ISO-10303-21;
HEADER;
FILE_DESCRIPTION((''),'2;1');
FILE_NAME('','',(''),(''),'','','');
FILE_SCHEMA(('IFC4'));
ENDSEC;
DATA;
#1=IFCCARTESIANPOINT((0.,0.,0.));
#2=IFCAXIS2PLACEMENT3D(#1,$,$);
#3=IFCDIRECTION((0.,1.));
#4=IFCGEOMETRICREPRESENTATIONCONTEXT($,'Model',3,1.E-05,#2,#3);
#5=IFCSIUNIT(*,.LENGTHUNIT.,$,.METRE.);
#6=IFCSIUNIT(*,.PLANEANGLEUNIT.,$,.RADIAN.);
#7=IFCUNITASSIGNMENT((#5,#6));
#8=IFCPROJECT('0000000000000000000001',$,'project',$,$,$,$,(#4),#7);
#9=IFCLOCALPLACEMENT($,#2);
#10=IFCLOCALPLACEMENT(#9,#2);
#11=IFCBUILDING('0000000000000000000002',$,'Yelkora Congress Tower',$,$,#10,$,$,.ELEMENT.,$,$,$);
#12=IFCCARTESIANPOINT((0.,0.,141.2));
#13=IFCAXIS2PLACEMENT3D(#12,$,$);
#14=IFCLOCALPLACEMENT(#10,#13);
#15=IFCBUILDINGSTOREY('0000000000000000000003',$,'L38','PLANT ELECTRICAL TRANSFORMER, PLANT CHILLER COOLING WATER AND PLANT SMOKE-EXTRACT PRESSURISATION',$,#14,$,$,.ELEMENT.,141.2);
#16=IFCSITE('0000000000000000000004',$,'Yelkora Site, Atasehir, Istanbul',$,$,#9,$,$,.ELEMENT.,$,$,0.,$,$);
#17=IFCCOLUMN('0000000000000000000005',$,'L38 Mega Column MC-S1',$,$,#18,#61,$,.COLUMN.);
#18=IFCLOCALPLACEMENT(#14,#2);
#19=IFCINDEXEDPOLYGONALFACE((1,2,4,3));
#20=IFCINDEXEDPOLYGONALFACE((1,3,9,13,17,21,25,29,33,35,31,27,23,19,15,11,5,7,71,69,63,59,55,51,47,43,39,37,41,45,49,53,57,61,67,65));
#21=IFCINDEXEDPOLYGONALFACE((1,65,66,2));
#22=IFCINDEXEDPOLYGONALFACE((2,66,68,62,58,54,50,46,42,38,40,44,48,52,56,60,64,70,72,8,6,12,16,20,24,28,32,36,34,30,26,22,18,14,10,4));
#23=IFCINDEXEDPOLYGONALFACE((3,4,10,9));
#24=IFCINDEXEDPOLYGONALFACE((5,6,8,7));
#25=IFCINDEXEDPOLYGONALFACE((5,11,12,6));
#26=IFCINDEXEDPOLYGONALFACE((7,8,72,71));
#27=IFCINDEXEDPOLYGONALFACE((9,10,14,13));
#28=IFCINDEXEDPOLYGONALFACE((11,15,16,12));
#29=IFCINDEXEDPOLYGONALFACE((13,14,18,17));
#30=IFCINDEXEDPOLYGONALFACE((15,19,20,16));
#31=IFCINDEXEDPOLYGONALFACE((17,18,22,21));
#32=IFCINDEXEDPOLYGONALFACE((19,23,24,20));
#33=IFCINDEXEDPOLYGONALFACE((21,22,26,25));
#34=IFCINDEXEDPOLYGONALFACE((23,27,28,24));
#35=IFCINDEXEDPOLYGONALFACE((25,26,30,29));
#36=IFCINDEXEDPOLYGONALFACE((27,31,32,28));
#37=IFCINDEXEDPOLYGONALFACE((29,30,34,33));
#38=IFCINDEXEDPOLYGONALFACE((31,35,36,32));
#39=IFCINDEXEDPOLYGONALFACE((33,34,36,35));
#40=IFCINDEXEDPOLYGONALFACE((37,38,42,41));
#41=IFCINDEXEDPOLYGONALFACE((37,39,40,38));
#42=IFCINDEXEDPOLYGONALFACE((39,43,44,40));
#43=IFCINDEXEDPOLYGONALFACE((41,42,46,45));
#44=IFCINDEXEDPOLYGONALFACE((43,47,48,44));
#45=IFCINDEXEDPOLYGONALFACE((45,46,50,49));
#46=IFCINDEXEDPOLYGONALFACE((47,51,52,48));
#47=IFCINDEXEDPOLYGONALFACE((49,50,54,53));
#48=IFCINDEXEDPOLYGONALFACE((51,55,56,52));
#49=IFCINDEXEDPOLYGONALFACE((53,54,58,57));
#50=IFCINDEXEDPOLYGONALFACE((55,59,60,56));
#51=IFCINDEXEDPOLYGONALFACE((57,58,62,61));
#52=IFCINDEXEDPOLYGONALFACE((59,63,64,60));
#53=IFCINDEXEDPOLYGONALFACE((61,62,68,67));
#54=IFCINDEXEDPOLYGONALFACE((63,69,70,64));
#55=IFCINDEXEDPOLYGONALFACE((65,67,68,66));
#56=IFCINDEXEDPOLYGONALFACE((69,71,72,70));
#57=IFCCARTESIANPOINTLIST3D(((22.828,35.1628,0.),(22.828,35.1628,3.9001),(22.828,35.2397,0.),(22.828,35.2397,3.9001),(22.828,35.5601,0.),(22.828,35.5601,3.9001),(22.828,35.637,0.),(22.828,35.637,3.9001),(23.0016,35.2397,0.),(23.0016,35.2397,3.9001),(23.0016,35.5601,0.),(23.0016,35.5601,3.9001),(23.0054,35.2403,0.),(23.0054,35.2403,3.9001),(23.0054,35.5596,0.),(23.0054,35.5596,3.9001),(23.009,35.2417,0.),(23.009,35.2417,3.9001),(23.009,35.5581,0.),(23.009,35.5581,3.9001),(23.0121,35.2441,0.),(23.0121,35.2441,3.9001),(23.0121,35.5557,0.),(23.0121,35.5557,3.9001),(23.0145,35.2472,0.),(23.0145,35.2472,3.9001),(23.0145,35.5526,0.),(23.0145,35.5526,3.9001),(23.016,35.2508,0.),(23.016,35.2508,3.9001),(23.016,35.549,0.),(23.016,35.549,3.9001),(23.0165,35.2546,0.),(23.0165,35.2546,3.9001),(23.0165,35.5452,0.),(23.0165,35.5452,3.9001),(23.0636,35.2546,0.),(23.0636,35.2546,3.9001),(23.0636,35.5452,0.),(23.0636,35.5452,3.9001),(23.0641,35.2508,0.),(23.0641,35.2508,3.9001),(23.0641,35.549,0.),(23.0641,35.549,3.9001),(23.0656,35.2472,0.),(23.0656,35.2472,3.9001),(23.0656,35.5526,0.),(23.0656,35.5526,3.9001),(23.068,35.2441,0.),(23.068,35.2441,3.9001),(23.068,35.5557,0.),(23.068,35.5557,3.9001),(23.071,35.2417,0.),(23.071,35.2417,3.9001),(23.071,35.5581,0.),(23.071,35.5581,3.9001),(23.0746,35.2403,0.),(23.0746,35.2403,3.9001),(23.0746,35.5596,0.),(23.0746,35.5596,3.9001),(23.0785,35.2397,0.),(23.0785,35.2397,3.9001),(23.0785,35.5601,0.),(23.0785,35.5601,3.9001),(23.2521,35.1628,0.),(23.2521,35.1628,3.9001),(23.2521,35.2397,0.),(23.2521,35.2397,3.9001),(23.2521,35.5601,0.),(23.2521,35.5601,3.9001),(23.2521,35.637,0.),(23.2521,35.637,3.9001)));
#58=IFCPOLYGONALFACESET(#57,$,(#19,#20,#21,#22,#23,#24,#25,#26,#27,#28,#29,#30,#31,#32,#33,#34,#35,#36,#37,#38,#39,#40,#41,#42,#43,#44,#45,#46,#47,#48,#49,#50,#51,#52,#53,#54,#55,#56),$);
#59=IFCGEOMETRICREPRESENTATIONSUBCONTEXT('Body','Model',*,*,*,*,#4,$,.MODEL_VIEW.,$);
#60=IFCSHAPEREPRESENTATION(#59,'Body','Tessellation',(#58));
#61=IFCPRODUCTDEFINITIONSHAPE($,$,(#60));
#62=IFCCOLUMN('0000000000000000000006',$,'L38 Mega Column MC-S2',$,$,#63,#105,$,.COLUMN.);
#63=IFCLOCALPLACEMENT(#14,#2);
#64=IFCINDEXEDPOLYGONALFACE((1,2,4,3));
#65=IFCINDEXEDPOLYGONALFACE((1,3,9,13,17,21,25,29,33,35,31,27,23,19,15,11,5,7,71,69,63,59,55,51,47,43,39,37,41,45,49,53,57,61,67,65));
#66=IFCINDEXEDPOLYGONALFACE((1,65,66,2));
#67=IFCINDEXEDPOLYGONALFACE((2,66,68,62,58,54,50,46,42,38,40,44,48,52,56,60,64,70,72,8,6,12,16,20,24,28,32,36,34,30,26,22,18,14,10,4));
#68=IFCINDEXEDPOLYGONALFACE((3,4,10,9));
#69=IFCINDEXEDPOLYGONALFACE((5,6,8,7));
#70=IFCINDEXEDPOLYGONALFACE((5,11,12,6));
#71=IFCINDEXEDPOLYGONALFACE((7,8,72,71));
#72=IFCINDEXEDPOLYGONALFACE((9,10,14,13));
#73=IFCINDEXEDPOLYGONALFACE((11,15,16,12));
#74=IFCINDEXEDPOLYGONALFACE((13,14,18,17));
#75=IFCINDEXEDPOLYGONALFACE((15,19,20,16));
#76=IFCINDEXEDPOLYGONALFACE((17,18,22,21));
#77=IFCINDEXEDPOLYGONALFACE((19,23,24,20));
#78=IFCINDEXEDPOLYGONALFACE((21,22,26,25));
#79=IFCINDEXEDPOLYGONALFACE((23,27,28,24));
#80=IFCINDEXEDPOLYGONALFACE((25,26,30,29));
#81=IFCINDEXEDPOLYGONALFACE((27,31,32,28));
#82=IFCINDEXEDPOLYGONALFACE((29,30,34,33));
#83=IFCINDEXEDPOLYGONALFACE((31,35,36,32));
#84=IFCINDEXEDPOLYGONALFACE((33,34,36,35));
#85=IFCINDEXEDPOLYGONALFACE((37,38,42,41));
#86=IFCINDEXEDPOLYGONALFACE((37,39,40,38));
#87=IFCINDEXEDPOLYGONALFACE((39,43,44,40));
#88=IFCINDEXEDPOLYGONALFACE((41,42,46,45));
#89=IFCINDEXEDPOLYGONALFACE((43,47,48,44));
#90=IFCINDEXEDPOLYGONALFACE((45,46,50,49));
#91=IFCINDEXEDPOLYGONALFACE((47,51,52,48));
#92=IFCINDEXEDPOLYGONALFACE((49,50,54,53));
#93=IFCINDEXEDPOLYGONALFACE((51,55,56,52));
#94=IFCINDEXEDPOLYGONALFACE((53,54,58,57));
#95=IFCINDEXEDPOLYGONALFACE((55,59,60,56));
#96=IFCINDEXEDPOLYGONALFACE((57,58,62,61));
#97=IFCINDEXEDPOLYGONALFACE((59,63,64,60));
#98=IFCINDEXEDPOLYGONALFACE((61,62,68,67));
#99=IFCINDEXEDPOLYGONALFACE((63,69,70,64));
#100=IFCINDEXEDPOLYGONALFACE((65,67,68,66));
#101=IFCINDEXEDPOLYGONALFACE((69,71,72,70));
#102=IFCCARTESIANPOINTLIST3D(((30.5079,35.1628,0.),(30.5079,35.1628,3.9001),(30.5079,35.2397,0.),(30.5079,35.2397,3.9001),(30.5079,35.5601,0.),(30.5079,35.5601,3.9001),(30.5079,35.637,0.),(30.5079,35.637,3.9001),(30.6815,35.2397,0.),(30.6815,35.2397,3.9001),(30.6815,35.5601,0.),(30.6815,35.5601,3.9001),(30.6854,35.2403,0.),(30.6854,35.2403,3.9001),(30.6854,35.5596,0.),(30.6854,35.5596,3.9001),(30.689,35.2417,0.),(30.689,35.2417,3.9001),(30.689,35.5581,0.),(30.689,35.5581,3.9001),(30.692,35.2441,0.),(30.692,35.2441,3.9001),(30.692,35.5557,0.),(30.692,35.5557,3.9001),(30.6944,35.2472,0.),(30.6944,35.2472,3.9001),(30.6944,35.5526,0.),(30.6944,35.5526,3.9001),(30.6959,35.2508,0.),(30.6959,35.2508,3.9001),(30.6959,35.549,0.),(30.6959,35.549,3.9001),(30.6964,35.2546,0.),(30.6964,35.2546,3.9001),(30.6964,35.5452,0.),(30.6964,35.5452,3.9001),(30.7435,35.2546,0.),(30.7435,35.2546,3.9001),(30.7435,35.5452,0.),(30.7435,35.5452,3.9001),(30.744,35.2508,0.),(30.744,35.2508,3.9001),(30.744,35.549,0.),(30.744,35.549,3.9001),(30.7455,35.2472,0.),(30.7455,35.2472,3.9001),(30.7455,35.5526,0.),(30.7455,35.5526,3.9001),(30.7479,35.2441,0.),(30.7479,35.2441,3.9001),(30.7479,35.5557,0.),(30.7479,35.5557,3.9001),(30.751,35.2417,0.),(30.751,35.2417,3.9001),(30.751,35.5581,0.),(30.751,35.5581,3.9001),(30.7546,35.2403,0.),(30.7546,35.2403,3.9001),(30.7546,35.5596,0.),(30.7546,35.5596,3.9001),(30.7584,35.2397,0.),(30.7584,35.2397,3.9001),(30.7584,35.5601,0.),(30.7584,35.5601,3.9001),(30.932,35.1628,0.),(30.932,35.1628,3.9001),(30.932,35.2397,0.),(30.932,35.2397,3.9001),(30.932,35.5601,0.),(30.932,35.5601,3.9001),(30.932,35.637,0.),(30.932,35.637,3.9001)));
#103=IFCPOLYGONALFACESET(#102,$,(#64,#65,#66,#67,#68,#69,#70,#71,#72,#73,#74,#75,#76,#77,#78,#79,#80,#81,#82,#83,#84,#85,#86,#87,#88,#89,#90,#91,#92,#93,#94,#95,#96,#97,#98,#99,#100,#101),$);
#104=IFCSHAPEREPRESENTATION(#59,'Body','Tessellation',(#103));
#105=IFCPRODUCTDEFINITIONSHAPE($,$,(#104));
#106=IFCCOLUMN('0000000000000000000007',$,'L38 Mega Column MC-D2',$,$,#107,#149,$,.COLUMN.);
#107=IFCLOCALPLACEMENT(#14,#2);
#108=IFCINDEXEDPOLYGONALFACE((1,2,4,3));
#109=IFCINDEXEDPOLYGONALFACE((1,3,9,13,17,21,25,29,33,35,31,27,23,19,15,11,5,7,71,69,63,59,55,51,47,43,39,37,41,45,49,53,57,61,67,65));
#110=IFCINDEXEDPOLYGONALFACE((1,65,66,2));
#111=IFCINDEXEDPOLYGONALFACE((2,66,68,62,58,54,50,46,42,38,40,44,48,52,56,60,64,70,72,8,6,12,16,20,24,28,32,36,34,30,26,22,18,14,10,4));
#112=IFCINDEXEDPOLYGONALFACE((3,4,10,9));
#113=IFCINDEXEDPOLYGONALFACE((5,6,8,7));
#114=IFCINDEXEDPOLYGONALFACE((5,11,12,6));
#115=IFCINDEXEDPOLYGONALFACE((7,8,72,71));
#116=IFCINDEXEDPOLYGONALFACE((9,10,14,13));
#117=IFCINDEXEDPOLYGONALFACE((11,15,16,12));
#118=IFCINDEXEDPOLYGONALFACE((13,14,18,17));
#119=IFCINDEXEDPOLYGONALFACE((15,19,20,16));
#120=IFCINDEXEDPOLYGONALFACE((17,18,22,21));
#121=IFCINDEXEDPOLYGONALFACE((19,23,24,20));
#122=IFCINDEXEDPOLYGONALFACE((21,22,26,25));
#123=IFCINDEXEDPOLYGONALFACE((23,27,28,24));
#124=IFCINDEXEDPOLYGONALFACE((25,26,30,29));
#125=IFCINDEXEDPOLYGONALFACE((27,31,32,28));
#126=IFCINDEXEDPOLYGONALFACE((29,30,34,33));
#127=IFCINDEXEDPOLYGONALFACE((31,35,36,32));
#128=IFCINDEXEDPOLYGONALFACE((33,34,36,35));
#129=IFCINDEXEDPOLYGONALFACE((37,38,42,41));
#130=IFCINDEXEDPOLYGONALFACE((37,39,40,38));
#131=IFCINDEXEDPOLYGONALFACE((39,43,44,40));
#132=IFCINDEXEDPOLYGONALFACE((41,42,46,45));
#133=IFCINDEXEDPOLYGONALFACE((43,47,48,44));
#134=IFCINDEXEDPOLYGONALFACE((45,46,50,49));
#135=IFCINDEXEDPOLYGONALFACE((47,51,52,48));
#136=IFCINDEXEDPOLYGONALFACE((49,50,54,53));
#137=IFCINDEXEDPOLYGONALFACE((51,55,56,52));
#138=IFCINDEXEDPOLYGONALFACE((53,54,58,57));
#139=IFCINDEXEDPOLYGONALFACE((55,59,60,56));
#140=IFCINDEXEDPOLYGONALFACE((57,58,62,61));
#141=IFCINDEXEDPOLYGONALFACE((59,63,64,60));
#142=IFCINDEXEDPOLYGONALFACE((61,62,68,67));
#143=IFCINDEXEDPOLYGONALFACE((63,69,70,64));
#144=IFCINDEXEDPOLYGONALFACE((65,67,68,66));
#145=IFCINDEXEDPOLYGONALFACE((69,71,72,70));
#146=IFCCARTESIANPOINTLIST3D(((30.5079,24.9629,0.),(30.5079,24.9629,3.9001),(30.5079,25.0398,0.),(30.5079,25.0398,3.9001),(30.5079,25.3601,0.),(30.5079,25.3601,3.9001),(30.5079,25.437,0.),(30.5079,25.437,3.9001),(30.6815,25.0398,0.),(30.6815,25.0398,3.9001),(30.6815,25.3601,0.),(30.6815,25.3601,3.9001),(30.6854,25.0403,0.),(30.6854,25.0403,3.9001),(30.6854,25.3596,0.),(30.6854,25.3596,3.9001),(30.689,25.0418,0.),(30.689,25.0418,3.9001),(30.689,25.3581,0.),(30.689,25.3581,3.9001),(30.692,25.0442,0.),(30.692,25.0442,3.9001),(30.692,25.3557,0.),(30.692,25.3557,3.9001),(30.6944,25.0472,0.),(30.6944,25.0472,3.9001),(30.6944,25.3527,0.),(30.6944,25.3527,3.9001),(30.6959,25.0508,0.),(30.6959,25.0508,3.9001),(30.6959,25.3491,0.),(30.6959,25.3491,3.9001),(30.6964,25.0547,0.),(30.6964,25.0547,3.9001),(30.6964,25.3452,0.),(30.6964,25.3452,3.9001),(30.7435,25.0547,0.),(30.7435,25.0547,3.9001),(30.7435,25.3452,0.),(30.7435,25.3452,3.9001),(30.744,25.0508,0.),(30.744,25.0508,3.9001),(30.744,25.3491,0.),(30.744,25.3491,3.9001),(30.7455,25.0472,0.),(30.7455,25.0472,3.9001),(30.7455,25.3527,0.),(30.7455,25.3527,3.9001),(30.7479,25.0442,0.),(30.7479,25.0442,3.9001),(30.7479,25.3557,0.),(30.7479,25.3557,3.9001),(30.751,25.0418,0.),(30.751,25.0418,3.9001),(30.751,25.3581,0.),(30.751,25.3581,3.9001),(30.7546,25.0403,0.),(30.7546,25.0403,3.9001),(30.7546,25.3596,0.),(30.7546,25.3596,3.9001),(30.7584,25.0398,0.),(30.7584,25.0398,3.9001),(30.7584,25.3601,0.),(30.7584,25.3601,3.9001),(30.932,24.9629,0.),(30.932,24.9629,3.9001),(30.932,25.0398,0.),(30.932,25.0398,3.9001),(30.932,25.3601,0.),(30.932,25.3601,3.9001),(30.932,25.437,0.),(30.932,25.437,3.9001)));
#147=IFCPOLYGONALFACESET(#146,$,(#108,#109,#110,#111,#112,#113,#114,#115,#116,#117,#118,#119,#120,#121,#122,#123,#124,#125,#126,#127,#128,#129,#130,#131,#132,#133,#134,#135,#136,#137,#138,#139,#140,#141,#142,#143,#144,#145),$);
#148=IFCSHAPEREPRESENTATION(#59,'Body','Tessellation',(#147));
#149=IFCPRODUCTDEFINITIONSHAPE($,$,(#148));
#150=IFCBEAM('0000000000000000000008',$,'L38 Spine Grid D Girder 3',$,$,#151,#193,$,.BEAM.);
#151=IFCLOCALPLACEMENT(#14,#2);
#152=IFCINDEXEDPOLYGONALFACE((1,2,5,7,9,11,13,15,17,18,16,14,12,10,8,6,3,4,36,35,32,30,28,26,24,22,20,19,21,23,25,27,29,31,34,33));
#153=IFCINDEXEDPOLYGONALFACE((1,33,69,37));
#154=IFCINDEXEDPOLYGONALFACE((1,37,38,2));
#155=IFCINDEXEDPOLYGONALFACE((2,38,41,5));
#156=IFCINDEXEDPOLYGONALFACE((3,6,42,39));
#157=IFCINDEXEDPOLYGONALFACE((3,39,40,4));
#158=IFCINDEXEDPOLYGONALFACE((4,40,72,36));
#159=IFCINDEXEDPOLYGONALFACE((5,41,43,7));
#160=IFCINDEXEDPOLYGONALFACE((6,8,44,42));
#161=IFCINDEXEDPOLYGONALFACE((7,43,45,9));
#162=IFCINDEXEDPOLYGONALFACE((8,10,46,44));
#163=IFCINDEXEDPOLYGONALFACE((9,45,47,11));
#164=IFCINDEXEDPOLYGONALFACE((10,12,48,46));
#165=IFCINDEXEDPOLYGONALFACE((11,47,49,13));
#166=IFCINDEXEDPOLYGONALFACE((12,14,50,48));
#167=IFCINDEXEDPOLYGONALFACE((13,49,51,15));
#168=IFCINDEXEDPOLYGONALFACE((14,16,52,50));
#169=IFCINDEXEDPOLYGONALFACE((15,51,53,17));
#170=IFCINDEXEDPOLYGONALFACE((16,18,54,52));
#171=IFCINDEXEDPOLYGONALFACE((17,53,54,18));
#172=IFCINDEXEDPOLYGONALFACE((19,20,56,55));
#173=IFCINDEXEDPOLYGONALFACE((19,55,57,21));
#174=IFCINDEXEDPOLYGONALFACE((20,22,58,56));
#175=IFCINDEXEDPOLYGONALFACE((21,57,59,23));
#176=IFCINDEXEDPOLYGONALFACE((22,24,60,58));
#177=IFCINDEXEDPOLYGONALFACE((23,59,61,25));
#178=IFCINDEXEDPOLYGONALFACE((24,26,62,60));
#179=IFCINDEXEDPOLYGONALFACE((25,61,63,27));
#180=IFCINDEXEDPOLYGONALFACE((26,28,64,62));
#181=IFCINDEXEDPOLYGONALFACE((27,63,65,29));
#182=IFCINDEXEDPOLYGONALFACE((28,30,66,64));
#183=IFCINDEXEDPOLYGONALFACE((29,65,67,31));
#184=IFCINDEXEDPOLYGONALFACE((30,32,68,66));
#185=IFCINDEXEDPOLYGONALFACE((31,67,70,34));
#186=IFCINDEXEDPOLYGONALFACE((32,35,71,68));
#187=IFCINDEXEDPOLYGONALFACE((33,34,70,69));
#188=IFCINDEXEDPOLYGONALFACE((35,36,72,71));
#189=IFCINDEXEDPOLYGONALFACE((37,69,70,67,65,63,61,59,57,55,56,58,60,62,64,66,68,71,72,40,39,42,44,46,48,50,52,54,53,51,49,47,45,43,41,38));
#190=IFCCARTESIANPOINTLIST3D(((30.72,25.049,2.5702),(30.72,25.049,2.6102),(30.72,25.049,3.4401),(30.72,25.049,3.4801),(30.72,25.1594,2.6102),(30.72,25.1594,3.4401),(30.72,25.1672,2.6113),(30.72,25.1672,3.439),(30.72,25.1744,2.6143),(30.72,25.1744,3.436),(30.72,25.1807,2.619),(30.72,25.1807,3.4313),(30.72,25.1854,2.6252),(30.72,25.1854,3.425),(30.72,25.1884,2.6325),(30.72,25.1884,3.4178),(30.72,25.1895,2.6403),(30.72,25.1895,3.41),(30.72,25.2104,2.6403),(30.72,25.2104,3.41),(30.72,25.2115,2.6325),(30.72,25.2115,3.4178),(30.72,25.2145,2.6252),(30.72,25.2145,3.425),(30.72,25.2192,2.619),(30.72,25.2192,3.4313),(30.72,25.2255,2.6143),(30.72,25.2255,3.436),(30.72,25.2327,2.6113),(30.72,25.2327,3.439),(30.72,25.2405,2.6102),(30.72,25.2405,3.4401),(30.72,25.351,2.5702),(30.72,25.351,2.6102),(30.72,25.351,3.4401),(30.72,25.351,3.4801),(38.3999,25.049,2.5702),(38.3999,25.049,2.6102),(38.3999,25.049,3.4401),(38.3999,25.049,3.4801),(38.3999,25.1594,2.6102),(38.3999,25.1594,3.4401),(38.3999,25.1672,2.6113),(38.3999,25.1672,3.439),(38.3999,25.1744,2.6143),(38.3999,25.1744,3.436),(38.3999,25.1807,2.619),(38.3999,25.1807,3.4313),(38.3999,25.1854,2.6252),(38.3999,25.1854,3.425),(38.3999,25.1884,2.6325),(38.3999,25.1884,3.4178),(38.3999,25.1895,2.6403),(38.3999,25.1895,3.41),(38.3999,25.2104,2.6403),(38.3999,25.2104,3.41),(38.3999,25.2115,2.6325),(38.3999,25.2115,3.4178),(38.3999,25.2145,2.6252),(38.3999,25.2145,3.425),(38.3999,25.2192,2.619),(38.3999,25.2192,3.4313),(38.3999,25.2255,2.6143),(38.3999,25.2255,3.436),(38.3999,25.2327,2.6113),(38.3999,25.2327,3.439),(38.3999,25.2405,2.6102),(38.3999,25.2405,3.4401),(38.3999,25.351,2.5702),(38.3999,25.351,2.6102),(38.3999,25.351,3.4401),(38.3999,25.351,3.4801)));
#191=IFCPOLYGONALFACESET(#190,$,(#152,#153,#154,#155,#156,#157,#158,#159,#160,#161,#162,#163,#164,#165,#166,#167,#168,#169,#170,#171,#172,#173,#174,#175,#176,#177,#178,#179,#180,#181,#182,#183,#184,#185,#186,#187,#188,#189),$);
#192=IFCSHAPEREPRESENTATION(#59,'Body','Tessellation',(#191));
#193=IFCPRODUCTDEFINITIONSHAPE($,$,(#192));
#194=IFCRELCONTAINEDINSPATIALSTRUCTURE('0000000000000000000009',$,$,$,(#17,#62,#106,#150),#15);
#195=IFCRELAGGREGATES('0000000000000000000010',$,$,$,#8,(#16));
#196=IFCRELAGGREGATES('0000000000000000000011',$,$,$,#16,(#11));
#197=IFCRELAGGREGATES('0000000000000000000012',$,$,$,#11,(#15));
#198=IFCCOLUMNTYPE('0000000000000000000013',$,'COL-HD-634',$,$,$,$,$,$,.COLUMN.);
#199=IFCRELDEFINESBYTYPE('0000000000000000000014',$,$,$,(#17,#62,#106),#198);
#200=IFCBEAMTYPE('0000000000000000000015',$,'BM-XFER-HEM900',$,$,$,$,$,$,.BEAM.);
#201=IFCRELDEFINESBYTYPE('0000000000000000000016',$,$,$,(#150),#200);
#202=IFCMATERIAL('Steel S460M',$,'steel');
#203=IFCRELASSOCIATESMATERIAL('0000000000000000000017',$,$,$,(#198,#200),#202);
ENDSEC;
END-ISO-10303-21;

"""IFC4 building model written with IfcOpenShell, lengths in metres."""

from ifc_helpers import new_model, si_unit, direction, frame, origin, origin_2d, place, context, subcontext, project, spatial, i_section, extrude, material, material_profile, profile_set, type_object, element, save


model = new_model("IFC4")

# Units and contexts
model_context = context("Model", 3, precision=1e-05, world=origin(), true_north=direction((0.0, 1.0)))
body_context = subcontext(model_context, "Body", "Model", "MODEL_VIEW")
ifc_project = project(units=[si_unit("LENGTHUNIT", "METRE"), si_unit("PLANEANGLEUNIT", "RADIAN")], contexts=[model_context])

# Site, building, storey
site_placement = place(None, origin())
site = spatial("IfcSite", under=ifc_project, at=site_placement, Name="Yelkora Site, Atasehir, Istanbul", CompositionType="ELEMENT", RefElevation=0.0)
building_placement = place(site_placement, origin())
building = spatial("IfcBuilding", under=site, at=building_placement, Name="Yelkora Congress Tower", CompositionType="ELEMENT")
storey_placement = place(building_placement, frame((0.0, 0.0, 141.2)))
storey = spatial("IfcBuildingStorey", under=building, at=storey_placement, Name="L38", Description="PLANT ELECTRICAL TRANSFORMER, PLANT CHILLER COOLING WATER AND PLANT SMOKE-EXTRACT PRESSURISATION", CompositionType="ELEMENT", Elevation=141.2)

# Columns
ifc_material_1 = material(Name="Steel S460M", Category="steel")
ifc_material_profile_1 = material_profile(ifc_material_1, i_section(OverallWidth=0.4241, OverallDepth=0.4741, WebThickness=0.0471, FlangeThickness=0.0769, FilletRadius=0.0149, at=origin_2d()), Name="HD 400x634")
ifc_profile_set_1 = profile_set([ifc_material_profile_1], Name="Steel S460M")
column_type = type_object("IfcColumnType", Name="COL-HD-634", PredefinedType="COLUMN", material=ifc_profile_set_1)
for number, where, z_axis, x_axis, name in (
    (1, (23.04, 35.3999, 0.0), (0.0, 0.0, 1.0), (1.0, 0.0, 0.0), "L38 Mega Column MC-S1"),
    (2, (30.72, 35.3999, 0.0), (0.0, 0.0, 1.0), (1.0, 0.0, 0.0), "L38 Mega Column MC-S2"),
    (3, (30.72, 25.2, 0.0), (0.0, 0.0, 1.0), (1.0, 0.0, 0.0), "L38 Mega Column MC-D2"),
):
    element("IfcColumn", number, at=place(storey_placement, frame(where, z_axis=z_axis, x_axis=x_axis)), inside=storey, type_object=column_type, Name=name, PredefinedType="COLUMN", context=body_context, shape_type="SweptSolid", body=[
        extrude(i_section(OverallWidth=0.4241, OverallDepth=0.4741, WebThickness=0.0471, FlangeThickness=0.0769, FilletRadius=0.0149, at=origin_2d()), origin(), (0.0, 0.0, 1.0), 3.9001),
    ])

# Beam
ifc_material_profile_2 = material_profile(ifc_material_1, i_section(OverallWidth=0.302, OverallDepth=0.9099, WebThickness=0.021, FlangeThickness=0.04, FilletRadius=0.03, at=origin_2d()), Name="HEM 900")
ifc_profile_set_2 = profile_set([ifc_material_profile_2], Name="Steel S460M")
beam_type = type_object("IfcBeamType", Name="BM-XFER-HEM900", PredefinedType="BEAM", material=ifc_profile_set_2)
for number, where, z_axis, x_axis, name in (
    (4, (30.72, 25.2, 3.0251), (1.0, 0.0, 0.0), (0.0, 1.0, 0.0), "L38 Spine Grid D Girder 3"),
):
    element("IfcBeam", number, at=place(storey_placement, frame(where, z_axis=z_axis, x_axis=x_axis)), inside=storey, type_object=beam_type, Name=name, PredefinedType="BEAM", context=body_context, shape_type="SweptSolid", body=[
        extrude(i_section(OverallWidth=0.302, OverallDepth=0.9099, WebThickness=0.021, FlangeThickness=0.04, FilletRadius=0.03, at=origin_2d()), origin(), (0.0, 0.0, 1.0), 7.6799),
    ])

save(model, "model.ifc")
